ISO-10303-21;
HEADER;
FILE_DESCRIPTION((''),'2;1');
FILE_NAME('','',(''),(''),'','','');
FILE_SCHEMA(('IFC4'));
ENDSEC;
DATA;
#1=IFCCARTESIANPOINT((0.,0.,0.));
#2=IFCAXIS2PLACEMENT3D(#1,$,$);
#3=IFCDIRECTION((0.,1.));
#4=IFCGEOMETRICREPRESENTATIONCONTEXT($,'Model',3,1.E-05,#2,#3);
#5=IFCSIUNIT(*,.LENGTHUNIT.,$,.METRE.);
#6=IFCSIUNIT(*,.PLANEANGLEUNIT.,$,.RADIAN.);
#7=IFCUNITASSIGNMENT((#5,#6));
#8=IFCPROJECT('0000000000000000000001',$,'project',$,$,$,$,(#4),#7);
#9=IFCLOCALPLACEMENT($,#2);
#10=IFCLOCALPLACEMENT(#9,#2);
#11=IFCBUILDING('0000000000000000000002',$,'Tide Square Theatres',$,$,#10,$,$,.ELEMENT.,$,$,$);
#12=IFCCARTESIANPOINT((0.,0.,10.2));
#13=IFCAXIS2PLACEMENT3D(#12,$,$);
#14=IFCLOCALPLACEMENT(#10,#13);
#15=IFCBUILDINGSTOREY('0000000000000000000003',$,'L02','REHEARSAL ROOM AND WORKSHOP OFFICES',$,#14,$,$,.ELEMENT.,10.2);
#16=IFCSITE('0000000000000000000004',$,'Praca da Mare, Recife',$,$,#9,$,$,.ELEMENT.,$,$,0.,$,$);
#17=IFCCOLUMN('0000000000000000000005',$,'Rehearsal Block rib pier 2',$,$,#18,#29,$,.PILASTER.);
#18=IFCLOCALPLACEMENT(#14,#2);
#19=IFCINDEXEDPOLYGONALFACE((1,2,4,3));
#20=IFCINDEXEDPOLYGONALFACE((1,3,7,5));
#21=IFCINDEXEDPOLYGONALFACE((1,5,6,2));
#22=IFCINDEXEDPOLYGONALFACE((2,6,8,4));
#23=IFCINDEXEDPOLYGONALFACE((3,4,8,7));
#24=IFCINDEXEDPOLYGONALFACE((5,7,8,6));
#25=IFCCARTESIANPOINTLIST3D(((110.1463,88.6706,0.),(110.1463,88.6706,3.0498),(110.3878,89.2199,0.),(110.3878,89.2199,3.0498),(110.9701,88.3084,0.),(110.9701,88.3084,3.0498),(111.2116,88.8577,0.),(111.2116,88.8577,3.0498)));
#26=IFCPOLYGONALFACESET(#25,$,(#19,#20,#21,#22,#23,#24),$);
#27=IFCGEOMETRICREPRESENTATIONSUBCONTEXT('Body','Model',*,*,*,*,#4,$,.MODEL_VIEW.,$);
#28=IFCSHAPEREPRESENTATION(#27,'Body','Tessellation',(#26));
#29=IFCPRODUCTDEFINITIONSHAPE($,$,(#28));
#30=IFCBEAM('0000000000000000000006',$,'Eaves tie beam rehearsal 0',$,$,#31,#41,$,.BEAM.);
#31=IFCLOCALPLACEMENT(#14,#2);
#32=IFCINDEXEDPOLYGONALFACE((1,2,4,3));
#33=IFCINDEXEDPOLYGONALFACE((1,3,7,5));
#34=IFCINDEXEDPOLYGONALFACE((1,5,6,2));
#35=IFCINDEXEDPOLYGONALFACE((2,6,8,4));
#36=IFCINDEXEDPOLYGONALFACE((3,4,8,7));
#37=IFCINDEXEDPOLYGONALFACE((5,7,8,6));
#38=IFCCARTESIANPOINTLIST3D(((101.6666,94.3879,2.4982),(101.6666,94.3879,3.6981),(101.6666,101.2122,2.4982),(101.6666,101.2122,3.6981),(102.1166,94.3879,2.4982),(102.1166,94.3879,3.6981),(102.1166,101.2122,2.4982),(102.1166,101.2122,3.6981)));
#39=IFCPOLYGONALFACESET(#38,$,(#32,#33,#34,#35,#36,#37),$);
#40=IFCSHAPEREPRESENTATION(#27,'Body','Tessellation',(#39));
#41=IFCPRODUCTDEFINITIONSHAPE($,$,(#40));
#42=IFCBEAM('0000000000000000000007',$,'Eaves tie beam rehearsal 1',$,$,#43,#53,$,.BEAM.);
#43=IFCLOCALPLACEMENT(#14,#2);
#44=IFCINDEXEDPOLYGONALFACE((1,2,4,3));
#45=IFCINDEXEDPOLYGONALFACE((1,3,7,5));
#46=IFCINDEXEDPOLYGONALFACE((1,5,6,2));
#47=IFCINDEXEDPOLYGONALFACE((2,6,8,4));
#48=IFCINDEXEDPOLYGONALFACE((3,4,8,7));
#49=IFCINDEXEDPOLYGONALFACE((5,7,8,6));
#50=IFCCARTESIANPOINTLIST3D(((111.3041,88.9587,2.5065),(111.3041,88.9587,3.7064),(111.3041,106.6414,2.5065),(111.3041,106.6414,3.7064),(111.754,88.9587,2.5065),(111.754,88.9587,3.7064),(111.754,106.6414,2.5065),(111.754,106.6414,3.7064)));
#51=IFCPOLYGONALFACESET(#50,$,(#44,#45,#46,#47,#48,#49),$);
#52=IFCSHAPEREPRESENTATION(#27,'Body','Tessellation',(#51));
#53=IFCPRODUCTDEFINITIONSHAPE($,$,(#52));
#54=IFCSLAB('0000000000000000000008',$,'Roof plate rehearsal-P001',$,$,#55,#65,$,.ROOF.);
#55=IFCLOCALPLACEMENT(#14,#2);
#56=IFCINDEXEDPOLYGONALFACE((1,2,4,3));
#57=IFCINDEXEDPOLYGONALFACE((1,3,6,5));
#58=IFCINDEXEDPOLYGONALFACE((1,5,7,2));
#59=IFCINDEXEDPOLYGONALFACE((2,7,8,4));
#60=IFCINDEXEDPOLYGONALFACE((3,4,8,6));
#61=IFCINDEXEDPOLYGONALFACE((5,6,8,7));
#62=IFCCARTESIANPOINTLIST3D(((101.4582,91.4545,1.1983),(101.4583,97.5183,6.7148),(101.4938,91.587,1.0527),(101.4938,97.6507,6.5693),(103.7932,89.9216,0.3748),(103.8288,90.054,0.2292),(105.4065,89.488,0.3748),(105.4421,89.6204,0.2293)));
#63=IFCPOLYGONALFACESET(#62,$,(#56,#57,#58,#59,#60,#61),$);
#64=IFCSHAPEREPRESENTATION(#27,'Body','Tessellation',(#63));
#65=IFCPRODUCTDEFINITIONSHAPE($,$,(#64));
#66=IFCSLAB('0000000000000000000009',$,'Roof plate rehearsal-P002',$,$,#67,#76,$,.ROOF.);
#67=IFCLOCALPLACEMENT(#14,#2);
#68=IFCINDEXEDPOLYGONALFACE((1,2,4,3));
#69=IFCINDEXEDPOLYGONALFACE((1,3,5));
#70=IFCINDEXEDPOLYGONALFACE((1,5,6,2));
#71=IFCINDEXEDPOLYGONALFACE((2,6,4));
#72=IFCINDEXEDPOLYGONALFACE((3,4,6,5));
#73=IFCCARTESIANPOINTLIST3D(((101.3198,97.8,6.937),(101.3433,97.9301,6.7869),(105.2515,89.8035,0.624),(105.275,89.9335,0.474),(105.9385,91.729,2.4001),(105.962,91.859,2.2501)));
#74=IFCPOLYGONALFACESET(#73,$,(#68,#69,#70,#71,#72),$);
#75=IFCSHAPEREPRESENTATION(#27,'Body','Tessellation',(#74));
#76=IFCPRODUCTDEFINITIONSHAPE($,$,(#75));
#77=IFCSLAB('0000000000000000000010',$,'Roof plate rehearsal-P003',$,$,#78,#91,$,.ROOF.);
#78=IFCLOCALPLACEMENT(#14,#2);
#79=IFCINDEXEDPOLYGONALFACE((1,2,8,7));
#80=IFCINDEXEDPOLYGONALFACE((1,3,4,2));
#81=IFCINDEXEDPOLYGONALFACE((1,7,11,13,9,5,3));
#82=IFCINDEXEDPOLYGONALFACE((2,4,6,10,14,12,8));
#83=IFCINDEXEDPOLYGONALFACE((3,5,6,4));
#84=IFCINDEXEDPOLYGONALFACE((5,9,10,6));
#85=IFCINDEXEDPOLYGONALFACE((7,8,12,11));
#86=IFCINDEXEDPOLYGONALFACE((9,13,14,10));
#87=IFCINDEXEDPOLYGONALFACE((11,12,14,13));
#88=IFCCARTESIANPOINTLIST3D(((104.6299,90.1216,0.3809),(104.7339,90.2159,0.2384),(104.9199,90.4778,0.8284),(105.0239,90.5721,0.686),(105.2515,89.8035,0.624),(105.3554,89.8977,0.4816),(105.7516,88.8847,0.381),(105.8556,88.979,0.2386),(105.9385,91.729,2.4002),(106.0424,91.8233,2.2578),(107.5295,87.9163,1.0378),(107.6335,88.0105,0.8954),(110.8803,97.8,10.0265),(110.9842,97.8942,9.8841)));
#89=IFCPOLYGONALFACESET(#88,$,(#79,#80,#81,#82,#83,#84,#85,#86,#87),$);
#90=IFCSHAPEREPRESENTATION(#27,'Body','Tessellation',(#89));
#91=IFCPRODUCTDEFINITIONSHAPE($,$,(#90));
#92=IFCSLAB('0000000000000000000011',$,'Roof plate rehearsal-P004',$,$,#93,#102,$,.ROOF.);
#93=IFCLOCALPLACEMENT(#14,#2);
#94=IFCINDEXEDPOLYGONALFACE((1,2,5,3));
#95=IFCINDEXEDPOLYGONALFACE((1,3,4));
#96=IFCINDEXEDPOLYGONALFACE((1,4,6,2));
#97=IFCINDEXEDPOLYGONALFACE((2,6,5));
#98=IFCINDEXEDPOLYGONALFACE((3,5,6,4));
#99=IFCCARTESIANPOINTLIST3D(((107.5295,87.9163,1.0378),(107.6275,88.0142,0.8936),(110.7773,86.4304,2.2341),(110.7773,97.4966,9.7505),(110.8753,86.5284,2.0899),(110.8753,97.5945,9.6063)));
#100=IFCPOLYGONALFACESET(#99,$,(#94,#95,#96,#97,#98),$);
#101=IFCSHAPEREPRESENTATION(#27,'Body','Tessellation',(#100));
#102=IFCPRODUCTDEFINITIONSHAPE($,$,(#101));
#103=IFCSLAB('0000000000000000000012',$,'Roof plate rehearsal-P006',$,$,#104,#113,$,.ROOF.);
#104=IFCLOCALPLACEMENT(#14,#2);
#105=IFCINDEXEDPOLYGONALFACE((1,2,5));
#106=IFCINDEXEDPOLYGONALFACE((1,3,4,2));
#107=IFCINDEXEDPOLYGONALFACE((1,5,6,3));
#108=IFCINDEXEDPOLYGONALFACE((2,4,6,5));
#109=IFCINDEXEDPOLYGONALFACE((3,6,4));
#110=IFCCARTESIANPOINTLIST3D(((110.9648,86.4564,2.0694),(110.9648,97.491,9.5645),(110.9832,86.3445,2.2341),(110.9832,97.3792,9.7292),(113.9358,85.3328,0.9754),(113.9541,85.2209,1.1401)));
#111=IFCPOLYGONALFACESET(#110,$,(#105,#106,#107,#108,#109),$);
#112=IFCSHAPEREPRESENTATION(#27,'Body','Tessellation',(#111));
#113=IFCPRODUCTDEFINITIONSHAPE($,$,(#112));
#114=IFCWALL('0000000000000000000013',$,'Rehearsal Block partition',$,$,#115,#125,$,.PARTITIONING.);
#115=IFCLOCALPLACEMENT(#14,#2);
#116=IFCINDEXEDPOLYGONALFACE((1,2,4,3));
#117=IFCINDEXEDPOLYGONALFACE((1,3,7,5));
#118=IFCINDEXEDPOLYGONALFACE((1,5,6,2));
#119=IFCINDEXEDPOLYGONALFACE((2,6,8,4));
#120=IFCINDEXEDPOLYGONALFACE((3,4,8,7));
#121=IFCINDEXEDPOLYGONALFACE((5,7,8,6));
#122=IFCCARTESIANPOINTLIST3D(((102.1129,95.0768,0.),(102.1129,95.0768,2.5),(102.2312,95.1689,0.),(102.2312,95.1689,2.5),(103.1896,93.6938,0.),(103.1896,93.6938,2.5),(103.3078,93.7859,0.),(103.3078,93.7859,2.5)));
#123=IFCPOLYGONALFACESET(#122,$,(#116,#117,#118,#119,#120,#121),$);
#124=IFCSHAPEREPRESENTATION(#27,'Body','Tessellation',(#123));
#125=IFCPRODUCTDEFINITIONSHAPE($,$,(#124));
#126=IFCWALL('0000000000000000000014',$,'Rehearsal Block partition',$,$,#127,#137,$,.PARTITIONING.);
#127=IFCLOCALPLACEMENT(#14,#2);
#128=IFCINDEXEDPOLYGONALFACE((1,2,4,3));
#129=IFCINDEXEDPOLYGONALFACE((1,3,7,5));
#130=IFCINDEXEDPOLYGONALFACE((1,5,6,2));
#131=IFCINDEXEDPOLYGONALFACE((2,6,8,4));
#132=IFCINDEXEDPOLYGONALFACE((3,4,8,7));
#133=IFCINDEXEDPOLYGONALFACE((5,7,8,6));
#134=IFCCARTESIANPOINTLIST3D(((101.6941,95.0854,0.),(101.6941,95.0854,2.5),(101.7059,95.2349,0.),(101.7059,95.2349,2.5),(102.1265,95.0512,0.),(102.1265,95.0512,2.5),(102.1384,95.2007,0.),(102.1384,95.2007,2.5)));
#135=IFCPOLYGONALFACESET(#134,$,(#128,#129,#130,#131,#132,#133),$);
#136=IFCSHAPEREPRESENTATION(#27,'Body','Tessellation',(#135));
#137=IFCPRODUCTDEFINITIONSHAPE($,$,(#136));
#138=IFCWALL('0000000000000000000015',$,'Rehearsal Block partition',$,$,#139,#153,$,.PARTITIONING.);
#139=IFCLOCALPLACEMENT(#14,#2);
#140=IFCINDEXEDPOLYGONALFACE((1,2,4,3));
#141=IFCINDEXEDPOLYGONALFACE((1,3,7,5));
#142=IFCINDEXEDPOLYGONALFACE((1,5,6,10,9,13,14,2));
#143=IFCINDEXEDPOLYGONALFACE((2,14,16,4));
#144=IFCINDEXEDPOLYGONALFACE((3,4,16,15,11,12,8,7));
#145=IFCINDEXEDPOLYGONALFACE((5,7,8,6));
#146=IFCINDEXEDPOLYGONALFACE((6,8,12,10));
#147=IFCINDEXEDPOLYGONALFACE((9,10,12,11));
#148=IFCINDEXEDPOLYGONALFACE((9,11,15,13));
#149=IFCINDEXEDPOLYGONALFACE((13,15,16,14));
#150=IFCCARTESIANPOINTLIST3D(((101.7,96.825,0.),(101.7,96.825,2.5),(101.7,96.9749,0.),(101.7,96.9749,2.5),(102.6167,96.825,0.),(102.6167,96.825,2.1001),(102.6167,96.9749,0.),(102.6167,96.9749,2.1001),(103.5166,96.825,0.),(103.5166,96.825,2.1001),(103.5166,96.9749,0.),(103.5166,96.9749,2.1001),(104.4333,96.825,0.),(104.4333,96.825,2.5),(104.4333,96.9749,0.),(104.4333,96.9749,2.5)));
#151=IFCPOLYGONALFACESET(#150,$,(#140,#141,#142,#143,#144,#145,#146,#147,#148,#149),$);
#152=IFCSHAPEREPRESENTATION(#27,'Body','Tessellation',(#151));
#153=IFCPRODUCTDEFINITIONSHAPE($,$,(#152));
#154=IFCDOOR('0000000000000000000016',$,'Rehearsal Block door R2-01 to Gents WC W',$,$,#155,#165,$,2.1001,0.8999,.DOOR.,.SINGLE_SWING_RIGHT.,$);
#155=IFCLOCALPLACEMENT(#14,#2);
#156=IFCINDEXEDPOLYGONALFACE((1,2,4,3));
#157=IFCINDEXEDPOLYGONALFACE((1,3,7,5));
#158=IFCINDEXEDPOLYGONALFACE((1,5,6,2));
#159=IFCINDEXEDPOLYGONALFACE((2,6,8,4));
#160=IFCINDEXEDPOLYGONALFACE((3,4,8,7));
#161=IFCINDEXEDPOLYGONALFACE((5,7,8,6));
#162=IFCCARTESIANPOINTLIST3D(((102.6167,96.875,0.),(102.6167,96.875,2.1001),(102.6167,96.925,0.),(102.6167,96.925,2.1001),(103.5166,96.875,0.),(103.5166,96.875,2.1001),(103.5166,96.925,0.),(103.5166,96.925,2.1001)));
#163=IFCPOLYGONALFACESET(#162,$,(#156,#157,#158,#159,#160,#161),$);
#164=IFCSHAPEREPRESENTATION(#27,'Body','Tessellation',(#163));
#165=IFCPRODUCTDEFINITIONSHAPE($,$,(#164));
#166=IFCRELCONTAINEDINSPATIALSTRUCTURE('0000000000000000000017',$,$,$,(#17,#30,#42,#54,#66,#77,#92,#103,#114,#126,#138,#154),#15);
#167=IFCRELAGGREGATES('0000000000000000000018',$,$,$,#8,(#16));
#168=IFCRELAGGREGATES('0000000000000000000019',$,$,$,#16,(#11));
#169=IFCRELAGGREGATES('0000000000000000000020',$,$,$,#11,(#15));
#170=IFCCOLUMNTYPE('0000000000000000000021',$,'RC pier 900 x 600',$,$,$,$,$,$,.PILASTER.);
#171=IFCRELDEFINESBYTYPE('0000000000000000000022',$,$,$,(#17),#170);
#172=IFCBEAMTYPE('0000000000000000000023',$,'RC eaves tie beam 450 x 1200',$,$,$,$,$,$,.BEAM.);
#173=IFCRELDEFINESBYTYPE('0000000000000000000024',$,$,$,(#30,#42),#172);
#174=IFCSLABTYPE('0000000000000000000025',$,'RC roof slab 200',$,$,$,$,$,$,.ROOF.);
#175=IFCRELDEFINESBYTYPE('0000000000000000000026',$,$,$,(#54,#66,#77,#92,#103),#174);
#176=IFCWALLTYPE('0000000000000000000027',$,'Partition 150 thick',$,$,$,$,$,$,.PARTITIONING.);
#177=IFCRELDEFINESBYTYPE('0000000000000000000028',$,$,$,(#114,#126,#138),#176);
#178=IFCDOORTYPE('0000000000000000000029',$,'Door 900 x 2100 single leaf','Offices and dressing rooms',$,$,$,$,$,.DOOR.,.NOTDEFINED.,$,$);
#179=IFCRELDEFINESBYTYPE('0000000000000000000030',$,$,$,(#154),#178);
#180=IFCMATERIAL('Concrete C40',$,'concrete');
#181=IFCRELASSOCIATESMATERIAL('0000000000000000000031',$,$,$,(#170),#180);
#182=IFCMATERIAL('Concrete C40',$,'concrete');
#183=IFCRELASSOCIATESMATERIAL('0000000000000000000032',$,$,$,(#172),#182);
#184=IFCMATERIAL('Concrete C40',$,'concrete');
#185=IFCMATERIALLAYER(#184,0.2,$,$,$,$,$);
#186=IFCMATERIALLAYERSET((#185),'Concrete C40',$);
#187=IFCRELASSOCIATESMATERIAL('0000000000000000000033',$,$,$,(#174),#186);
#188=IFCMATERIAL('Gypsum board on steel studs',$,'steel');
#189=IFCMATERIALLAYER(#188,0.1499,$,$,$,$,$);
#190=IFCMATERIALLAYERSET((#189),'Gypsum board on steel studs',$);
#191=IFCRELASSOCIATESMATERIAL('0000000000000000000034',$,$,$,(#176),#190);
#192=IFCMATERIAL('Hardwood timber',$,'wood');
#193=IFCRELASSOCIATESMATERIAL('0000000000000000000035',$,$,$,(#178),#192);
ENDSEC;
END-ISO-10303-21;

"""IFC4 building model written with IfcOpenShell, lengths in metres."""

from ifc_helpers import new_model, si_unit, direction, frame, frame_2d, origin, origin_2d, place, context, subcontext, project, spatial, polyline, rectangle, outline, extrude, material, layer, layer_set, material_profile, profile_set, type_object, element, fill, save


model = new_model("IFC4")

# Units and contexts
model_context = context("Model", 3, precision=1e-05, world=origin(), true_north=direction((0.0, 1.0)))
body_context = subcontext(model_context, "Body", "Model", "MODEL_VIEW")
ifc_project = project(units=[si_unit("LENGTHUNIT", "METRE"), si_unit("PLANEANGLEUNIT", "RADIAN")], contexts=[model_context])

# Site, building, storey
site_placement = place(None, origin())
site = spatial("IfcSite", under=ifc_project, at=site_placement, Name="Praca da Mare, Recife", CompositionType="ELEMENT", RefElevation=0.0)
building_placement = place(site_placement, origin())
building = spatial("IfcBuilding", under=site, at=building_placement, Name="Tide Square Theatres", CompositionType="ELEMENT")
storey_placement = place(building_placement, frame((0.0, 0.0, 10.2)))
storey = spatial("IfcBuildingStorey", under=building, at=storey_placement, Name="L02", Description="REHEARSAL ROOM AND WORKSHOP OFFICES", CompositionType="ELEMENT", Elevation=10.2)

# Column
ifc_material_1 = material(Name="Concrete C40", Category="concrete")
ifc_material_profile_1 = material_profile(ifc_material_1, rectangle(XDim=0.8999, YDim=0.6001, at=origin_2d()))
ifc_profile_set_1 = profile_set([ifc_material_profile_1], Name="Concrete C40")
column_type = type_object("IfcColumnType", Name="RC pier 900 x 600", PredefinedType="PILASTER", material=ifc_profile_set_1)
column_placement = place(storey_placement, frame((110.679, 88.7642, 0.0), z_axis=(0.0, 0.0, 1.0), x_axis=(0.915419, -0.402502, 0.0)))
element("IfcColumn", 1, at=column_placement, inside=storey, type_object=column_type, Name="Rehearsal Block rib pier 2", PredefinedType="PILASTER", context=body_context, shape_type="SweptSolid", body=[
    extrude(rectangle(XDim=0.8999, YDim=0.6001, at=origin_2d()), origin(), (0.0, 0.0, 1.0), 3.0498),
])

# Beams
ifc_material_2 = material(Name="Concrete C40", Category="concrete")
ifc_material_profile_2 = material_profile(ifc_material_2, rectangle(XDim=0.45, YDim=1.2, at=origin_2d()))
ifc_profile_set_2 = profile_set([ifc_material_profile_2], Name="Concrete C40")
beam_type = type_object("IfcBeamType", Name="RC eaves tie beam 450 x 1200", PredefinedType="BEAM", material=ifc_profile_set_2)
beam_1_placement = place(storey_placement, frame((101.8916, 94.3879, 3.0981), z_axis=(0.0, 1.0, 0.0), x_axis=(-1.0, 0.0, 0.0)))
element("IfcBeam", 2, at=beam_1_placement, inside=storey, type_object=beam_type, Name="Eaves tie beam rehearsal 0", PredefinedType="BEAM", context=body_context, shape_type="SweptSolid", body=[
    extrude(rectangle(XDim=0.45, YDim=1.2, at=origin_2d()), origin(), (0.0, 0.0, 1.0), 6.8242),
])
beam_2_placement = place(storey_placement, frame((111.5291, 88.9587, 3.1064), z_axis=(0.0, 1.0, 0.0), x_axis=(-1.0, 0.0, 0.0)))
element("IfcBeam", 3, at=beam_2_placement, inside=storey, type_object=beam_type, Name="Eaves tie beam rehearsal 1", PredefinedType="BEAM", context=body_context, shape_type="SweptSolid", body=[
    extrude(rectangle(XDim=0.45, YDim=1.2, at=origin_2d()), origin(), (0.0, 0.0, 1.0), 17.6826),
])

# Slabs
ifc_material_3 = material(Name="Concrete C40", Category="concrete")
ifc_layer_1 = layer(ifc_material_3, 0.2)
ifc_layer_set_1 = layer_set([ifc_layer_1], Name="Concrete C40")
slab_type = type_object("IfcSlabType", Name="RC roof slab 200", PredefinedType="ROOF", material=ifc_layer_set_1)
slab_1_placement = place(storey_placement, frame((103.7932, 89.9216, 0.3748), z_axis=(-0.178014, -0.662194, 0.72788), x_axis=(0.965722, -0.259579, 0.000027)))
element("IfcSlab", 4, at=slab_1_placement, inside=storey, type_object=slab_type, Name="Roof plate rehearsal-P001", PredefinedType="ROOF", context=body_context, shape_type="SweptSolid", body=[
    extrude(outline(polyline([(0.0, 0.0), (1.6705, 0.0), (-4.2267, 9.2463), (-2.6528, 1.2011), (0.0, 0.0)])), origin(), (0.0, 0.0, -1.0), 0.2),
])
slab_2_placement = place(storey_placement, frame((105.9385, 91.729, 2.4001), z_axis=(-0.117596, -0.650315, 0.750508), x_axis=(-0.520388, 0.684031, 0.511173)))
element("IfcSlab", 5, at=slab_2_placement, inside=storey, type_object=slab_type, Name="Roof plate rehearsal-P002", PredefinedType="ROOF", context=body_context, shape_type="SweptSolid", body=[
    extrude(outline(polyline([(0.0, 0.0), (8.8754, 0.0), (-1.8675, 1.9613), (0.0, 0.0)])), origin(), (0.0, 0.0, -1.0), 0.2),
])
slab_3_placement = place(storey_placement, frame((107.5295, 87.9163, 1.0378), z_axis=(-0.51997, -0.47149, 0.71227), x_axis=(0.243273, 0.717586, 0.652602)))
element("IfcSlab", 6, at=slab_3_placement, inside=storey, type_object=slab_type, Name="Roof plate rehearsal-P003", PredefinedType="ROOF", context=body_context, shape_type="SweptSolid", body=[
    extrude(outline(polyline([(0.0, 0.0), (13.7736, 0.0), (3.2379, 2.9052), (0.53, 2.9397), (1.0666, 3.504), (0.4483, 3.6745), (-0.1663, 2.122), (0.0, 0.0)])), origin(), (0.0, 0.0, -1.0), 0.2),
])
slab_4_placement = place(storey_placement, frame((107.5295, 87.9163, 1.0378), z_axis=(-0.489764, -0.489868, 0.721222), x_axis=(0.862271, -0.394481, 0.317607)))
element("IfcSlab", 7, at=slab_4_placement, inside=storey, type_object=slab_type, Name="Roof plate rehearsal-P004", PredefinedType="ROOF", context=body_context, shape_type="SweptSolid", body=[
    extrude(outline(polyline([(0.0, 0.0), (3.7666, 0.0), (1.7884, 13.2304), (0.0, 0.0)])), origin(), (0.0, 0.0, -1.0), 0.2),
])
slab_5_placement = place(storey_placement, frame((113.9541, 85.2209, 1.1401), z_axis=(0.091733, -0.559507, 0.823733), x_axis=(-0.195719, 0.800955, 0.565831)))
element("IfcSlab", 8, at=slab_5_placement, inside=storey, type_object=slab_type, Name="Roof plate rehearsal-P006", PredefinedType="ROOF", context=body_context, shape_type="SweptSolid", body=[
    extrude(outline(polyline([(0.0, 0.0), (15.1796, 0.0), (2.1004, 2.6218), (0.0, 0.0)])), origin(), (0.0, 0.0, -1.0), 0.2),
])

# Walls
ifc_material_4 = material(Name="Gypsum board on steel studs", Category="steel")
ifc_layer_2 = layer(ifc_material_4, 0.1499)
ifc_layer_set_2 = layer_set([ifc_layer_2], Name="Gypsum board on steel studs")
wall_type_1 = type_object("IfcWallType", Name="Partition 150 thick", PredefinedType="PARTITIONING", material=ifc_layer_set_2)
wall_1_placement = place(storey_placement, frame((103.2488, 93.7397, 0.0), z_axis=(0.0, 0.0, 1.0), x_axis=(-0.614278, 0.78909, 0.0)))
element("IfcWall", 9, at=wall_1_placement, inside=storey, type_object=wall_type_1, Name="Rehearsal Block partition", PredefinedType="PARTITIONING", context=body_context, shape_type="SweptSolid", body=[
    extrude(rectangle(XDim=1.7527, YDim=0.1499, at=frame_2d((0.8765, 0.0))), origin(), (0.0, 0.0, 1.0), 2.5),
])
wall_2_placement = place(storey_placement, frame((102.1323, 95.126, 0.0), z_axis=(0.0, 0.0, 1.0), x_axis=(-0.99689, 0.078806, 0.0)))
element("IfcWall", 10, at=wall_2_placement, inside=storey, type_object=wall_type_1, Name="Rehearsal Block partition", PredefinedType="PARTITIONING", context=body_context, shape_type="SweptSolid", body=[
    extrude(rectangle(XDim=0.4338, YDim=0.1499, at=frame_2d((0.2168, 0.0))), origin(), (0.0, 0.0, 1.0), 2.5),
])

# Wall, opening, door
wall_3_placement = place(storey_placement, frame((104.4333, 96.8999, 0.0), z_axis=(0.0, 0.0, 1.0), x_axis=(-1.0, 0.0, 0.0)))
wall_3 = element("IfcWall", 11, at=wall_3_placement, inside=storey, type_object=wall_type_1, Name="Rehearsal Block partition", PredefinedType="PARTITIONING", context=body_context, shape_type="SweptSolid", body=[
    extrude(rectangle(XDim=2.7334, YDim=0.1499, at=frame_2d((1.3667, 0.0))), origin(), (0.0, 0.0, 1.0), 2.5),
])
opening_1_placement = place(wall_3_placement, frame((0.9167, 0.0, 0.0)))
opening_1 = element("IfcOpeningElement", 12, at=opening_1_placement, cuts=wall_3, PredefinedType="OPENING", context=body_context, shape_type="SweptSolid", body=[
    extrude(rectangle(XDim=0.8999, YDim=2.1001, at=frame_2d((0.45, 1.05))), frame((0.0, 0.085, 0.0), z_axis=(0.0, -1.0, 0.0), x_axis=(1.0, 0.0, 0.0)), (0.0, 0.0, 1.0), 0.1699),
])
ifc_material_5 = material(Name="Hardwood timber", Category="wood")
door_type_1 = type_object("IfcDoorType", Name="Door 900 x 2100 single leaf", Description="Offices and dressing rooms", OperationType="NOTDEFINED", PredefinedType="DOOR", material=ifc_material_5)
door_1_placement = place(opening_1_placement, origin())
door_1 = element("IfcDoor", 13, at=door_1_placement, inside=storey, type_object=door_type_1, Name="Rehearsal Block door R2-01 to Gents WC W", OperationType="SINGLE_SWING_RIGHT", OverallHeight=2.1001, OverallWidth=0.8999, PredefinedType="DOOR", context=body_context, shape_type="SweptSolid", body=[
    extrude(rectangle(XDim=0.8999, YDim=2.1001, at=frame_2d((0.45, 1.05))), frame((0.0, 0.0249, 0.0), z_axis=(0.0, -1.0, 0.0), x_axis=(1.0, 0.0, 0.0)), (0.0, 0.0, 1.0), 0.05),
])
fill(opening_1, door_1)

save(model, "model.ifc")
